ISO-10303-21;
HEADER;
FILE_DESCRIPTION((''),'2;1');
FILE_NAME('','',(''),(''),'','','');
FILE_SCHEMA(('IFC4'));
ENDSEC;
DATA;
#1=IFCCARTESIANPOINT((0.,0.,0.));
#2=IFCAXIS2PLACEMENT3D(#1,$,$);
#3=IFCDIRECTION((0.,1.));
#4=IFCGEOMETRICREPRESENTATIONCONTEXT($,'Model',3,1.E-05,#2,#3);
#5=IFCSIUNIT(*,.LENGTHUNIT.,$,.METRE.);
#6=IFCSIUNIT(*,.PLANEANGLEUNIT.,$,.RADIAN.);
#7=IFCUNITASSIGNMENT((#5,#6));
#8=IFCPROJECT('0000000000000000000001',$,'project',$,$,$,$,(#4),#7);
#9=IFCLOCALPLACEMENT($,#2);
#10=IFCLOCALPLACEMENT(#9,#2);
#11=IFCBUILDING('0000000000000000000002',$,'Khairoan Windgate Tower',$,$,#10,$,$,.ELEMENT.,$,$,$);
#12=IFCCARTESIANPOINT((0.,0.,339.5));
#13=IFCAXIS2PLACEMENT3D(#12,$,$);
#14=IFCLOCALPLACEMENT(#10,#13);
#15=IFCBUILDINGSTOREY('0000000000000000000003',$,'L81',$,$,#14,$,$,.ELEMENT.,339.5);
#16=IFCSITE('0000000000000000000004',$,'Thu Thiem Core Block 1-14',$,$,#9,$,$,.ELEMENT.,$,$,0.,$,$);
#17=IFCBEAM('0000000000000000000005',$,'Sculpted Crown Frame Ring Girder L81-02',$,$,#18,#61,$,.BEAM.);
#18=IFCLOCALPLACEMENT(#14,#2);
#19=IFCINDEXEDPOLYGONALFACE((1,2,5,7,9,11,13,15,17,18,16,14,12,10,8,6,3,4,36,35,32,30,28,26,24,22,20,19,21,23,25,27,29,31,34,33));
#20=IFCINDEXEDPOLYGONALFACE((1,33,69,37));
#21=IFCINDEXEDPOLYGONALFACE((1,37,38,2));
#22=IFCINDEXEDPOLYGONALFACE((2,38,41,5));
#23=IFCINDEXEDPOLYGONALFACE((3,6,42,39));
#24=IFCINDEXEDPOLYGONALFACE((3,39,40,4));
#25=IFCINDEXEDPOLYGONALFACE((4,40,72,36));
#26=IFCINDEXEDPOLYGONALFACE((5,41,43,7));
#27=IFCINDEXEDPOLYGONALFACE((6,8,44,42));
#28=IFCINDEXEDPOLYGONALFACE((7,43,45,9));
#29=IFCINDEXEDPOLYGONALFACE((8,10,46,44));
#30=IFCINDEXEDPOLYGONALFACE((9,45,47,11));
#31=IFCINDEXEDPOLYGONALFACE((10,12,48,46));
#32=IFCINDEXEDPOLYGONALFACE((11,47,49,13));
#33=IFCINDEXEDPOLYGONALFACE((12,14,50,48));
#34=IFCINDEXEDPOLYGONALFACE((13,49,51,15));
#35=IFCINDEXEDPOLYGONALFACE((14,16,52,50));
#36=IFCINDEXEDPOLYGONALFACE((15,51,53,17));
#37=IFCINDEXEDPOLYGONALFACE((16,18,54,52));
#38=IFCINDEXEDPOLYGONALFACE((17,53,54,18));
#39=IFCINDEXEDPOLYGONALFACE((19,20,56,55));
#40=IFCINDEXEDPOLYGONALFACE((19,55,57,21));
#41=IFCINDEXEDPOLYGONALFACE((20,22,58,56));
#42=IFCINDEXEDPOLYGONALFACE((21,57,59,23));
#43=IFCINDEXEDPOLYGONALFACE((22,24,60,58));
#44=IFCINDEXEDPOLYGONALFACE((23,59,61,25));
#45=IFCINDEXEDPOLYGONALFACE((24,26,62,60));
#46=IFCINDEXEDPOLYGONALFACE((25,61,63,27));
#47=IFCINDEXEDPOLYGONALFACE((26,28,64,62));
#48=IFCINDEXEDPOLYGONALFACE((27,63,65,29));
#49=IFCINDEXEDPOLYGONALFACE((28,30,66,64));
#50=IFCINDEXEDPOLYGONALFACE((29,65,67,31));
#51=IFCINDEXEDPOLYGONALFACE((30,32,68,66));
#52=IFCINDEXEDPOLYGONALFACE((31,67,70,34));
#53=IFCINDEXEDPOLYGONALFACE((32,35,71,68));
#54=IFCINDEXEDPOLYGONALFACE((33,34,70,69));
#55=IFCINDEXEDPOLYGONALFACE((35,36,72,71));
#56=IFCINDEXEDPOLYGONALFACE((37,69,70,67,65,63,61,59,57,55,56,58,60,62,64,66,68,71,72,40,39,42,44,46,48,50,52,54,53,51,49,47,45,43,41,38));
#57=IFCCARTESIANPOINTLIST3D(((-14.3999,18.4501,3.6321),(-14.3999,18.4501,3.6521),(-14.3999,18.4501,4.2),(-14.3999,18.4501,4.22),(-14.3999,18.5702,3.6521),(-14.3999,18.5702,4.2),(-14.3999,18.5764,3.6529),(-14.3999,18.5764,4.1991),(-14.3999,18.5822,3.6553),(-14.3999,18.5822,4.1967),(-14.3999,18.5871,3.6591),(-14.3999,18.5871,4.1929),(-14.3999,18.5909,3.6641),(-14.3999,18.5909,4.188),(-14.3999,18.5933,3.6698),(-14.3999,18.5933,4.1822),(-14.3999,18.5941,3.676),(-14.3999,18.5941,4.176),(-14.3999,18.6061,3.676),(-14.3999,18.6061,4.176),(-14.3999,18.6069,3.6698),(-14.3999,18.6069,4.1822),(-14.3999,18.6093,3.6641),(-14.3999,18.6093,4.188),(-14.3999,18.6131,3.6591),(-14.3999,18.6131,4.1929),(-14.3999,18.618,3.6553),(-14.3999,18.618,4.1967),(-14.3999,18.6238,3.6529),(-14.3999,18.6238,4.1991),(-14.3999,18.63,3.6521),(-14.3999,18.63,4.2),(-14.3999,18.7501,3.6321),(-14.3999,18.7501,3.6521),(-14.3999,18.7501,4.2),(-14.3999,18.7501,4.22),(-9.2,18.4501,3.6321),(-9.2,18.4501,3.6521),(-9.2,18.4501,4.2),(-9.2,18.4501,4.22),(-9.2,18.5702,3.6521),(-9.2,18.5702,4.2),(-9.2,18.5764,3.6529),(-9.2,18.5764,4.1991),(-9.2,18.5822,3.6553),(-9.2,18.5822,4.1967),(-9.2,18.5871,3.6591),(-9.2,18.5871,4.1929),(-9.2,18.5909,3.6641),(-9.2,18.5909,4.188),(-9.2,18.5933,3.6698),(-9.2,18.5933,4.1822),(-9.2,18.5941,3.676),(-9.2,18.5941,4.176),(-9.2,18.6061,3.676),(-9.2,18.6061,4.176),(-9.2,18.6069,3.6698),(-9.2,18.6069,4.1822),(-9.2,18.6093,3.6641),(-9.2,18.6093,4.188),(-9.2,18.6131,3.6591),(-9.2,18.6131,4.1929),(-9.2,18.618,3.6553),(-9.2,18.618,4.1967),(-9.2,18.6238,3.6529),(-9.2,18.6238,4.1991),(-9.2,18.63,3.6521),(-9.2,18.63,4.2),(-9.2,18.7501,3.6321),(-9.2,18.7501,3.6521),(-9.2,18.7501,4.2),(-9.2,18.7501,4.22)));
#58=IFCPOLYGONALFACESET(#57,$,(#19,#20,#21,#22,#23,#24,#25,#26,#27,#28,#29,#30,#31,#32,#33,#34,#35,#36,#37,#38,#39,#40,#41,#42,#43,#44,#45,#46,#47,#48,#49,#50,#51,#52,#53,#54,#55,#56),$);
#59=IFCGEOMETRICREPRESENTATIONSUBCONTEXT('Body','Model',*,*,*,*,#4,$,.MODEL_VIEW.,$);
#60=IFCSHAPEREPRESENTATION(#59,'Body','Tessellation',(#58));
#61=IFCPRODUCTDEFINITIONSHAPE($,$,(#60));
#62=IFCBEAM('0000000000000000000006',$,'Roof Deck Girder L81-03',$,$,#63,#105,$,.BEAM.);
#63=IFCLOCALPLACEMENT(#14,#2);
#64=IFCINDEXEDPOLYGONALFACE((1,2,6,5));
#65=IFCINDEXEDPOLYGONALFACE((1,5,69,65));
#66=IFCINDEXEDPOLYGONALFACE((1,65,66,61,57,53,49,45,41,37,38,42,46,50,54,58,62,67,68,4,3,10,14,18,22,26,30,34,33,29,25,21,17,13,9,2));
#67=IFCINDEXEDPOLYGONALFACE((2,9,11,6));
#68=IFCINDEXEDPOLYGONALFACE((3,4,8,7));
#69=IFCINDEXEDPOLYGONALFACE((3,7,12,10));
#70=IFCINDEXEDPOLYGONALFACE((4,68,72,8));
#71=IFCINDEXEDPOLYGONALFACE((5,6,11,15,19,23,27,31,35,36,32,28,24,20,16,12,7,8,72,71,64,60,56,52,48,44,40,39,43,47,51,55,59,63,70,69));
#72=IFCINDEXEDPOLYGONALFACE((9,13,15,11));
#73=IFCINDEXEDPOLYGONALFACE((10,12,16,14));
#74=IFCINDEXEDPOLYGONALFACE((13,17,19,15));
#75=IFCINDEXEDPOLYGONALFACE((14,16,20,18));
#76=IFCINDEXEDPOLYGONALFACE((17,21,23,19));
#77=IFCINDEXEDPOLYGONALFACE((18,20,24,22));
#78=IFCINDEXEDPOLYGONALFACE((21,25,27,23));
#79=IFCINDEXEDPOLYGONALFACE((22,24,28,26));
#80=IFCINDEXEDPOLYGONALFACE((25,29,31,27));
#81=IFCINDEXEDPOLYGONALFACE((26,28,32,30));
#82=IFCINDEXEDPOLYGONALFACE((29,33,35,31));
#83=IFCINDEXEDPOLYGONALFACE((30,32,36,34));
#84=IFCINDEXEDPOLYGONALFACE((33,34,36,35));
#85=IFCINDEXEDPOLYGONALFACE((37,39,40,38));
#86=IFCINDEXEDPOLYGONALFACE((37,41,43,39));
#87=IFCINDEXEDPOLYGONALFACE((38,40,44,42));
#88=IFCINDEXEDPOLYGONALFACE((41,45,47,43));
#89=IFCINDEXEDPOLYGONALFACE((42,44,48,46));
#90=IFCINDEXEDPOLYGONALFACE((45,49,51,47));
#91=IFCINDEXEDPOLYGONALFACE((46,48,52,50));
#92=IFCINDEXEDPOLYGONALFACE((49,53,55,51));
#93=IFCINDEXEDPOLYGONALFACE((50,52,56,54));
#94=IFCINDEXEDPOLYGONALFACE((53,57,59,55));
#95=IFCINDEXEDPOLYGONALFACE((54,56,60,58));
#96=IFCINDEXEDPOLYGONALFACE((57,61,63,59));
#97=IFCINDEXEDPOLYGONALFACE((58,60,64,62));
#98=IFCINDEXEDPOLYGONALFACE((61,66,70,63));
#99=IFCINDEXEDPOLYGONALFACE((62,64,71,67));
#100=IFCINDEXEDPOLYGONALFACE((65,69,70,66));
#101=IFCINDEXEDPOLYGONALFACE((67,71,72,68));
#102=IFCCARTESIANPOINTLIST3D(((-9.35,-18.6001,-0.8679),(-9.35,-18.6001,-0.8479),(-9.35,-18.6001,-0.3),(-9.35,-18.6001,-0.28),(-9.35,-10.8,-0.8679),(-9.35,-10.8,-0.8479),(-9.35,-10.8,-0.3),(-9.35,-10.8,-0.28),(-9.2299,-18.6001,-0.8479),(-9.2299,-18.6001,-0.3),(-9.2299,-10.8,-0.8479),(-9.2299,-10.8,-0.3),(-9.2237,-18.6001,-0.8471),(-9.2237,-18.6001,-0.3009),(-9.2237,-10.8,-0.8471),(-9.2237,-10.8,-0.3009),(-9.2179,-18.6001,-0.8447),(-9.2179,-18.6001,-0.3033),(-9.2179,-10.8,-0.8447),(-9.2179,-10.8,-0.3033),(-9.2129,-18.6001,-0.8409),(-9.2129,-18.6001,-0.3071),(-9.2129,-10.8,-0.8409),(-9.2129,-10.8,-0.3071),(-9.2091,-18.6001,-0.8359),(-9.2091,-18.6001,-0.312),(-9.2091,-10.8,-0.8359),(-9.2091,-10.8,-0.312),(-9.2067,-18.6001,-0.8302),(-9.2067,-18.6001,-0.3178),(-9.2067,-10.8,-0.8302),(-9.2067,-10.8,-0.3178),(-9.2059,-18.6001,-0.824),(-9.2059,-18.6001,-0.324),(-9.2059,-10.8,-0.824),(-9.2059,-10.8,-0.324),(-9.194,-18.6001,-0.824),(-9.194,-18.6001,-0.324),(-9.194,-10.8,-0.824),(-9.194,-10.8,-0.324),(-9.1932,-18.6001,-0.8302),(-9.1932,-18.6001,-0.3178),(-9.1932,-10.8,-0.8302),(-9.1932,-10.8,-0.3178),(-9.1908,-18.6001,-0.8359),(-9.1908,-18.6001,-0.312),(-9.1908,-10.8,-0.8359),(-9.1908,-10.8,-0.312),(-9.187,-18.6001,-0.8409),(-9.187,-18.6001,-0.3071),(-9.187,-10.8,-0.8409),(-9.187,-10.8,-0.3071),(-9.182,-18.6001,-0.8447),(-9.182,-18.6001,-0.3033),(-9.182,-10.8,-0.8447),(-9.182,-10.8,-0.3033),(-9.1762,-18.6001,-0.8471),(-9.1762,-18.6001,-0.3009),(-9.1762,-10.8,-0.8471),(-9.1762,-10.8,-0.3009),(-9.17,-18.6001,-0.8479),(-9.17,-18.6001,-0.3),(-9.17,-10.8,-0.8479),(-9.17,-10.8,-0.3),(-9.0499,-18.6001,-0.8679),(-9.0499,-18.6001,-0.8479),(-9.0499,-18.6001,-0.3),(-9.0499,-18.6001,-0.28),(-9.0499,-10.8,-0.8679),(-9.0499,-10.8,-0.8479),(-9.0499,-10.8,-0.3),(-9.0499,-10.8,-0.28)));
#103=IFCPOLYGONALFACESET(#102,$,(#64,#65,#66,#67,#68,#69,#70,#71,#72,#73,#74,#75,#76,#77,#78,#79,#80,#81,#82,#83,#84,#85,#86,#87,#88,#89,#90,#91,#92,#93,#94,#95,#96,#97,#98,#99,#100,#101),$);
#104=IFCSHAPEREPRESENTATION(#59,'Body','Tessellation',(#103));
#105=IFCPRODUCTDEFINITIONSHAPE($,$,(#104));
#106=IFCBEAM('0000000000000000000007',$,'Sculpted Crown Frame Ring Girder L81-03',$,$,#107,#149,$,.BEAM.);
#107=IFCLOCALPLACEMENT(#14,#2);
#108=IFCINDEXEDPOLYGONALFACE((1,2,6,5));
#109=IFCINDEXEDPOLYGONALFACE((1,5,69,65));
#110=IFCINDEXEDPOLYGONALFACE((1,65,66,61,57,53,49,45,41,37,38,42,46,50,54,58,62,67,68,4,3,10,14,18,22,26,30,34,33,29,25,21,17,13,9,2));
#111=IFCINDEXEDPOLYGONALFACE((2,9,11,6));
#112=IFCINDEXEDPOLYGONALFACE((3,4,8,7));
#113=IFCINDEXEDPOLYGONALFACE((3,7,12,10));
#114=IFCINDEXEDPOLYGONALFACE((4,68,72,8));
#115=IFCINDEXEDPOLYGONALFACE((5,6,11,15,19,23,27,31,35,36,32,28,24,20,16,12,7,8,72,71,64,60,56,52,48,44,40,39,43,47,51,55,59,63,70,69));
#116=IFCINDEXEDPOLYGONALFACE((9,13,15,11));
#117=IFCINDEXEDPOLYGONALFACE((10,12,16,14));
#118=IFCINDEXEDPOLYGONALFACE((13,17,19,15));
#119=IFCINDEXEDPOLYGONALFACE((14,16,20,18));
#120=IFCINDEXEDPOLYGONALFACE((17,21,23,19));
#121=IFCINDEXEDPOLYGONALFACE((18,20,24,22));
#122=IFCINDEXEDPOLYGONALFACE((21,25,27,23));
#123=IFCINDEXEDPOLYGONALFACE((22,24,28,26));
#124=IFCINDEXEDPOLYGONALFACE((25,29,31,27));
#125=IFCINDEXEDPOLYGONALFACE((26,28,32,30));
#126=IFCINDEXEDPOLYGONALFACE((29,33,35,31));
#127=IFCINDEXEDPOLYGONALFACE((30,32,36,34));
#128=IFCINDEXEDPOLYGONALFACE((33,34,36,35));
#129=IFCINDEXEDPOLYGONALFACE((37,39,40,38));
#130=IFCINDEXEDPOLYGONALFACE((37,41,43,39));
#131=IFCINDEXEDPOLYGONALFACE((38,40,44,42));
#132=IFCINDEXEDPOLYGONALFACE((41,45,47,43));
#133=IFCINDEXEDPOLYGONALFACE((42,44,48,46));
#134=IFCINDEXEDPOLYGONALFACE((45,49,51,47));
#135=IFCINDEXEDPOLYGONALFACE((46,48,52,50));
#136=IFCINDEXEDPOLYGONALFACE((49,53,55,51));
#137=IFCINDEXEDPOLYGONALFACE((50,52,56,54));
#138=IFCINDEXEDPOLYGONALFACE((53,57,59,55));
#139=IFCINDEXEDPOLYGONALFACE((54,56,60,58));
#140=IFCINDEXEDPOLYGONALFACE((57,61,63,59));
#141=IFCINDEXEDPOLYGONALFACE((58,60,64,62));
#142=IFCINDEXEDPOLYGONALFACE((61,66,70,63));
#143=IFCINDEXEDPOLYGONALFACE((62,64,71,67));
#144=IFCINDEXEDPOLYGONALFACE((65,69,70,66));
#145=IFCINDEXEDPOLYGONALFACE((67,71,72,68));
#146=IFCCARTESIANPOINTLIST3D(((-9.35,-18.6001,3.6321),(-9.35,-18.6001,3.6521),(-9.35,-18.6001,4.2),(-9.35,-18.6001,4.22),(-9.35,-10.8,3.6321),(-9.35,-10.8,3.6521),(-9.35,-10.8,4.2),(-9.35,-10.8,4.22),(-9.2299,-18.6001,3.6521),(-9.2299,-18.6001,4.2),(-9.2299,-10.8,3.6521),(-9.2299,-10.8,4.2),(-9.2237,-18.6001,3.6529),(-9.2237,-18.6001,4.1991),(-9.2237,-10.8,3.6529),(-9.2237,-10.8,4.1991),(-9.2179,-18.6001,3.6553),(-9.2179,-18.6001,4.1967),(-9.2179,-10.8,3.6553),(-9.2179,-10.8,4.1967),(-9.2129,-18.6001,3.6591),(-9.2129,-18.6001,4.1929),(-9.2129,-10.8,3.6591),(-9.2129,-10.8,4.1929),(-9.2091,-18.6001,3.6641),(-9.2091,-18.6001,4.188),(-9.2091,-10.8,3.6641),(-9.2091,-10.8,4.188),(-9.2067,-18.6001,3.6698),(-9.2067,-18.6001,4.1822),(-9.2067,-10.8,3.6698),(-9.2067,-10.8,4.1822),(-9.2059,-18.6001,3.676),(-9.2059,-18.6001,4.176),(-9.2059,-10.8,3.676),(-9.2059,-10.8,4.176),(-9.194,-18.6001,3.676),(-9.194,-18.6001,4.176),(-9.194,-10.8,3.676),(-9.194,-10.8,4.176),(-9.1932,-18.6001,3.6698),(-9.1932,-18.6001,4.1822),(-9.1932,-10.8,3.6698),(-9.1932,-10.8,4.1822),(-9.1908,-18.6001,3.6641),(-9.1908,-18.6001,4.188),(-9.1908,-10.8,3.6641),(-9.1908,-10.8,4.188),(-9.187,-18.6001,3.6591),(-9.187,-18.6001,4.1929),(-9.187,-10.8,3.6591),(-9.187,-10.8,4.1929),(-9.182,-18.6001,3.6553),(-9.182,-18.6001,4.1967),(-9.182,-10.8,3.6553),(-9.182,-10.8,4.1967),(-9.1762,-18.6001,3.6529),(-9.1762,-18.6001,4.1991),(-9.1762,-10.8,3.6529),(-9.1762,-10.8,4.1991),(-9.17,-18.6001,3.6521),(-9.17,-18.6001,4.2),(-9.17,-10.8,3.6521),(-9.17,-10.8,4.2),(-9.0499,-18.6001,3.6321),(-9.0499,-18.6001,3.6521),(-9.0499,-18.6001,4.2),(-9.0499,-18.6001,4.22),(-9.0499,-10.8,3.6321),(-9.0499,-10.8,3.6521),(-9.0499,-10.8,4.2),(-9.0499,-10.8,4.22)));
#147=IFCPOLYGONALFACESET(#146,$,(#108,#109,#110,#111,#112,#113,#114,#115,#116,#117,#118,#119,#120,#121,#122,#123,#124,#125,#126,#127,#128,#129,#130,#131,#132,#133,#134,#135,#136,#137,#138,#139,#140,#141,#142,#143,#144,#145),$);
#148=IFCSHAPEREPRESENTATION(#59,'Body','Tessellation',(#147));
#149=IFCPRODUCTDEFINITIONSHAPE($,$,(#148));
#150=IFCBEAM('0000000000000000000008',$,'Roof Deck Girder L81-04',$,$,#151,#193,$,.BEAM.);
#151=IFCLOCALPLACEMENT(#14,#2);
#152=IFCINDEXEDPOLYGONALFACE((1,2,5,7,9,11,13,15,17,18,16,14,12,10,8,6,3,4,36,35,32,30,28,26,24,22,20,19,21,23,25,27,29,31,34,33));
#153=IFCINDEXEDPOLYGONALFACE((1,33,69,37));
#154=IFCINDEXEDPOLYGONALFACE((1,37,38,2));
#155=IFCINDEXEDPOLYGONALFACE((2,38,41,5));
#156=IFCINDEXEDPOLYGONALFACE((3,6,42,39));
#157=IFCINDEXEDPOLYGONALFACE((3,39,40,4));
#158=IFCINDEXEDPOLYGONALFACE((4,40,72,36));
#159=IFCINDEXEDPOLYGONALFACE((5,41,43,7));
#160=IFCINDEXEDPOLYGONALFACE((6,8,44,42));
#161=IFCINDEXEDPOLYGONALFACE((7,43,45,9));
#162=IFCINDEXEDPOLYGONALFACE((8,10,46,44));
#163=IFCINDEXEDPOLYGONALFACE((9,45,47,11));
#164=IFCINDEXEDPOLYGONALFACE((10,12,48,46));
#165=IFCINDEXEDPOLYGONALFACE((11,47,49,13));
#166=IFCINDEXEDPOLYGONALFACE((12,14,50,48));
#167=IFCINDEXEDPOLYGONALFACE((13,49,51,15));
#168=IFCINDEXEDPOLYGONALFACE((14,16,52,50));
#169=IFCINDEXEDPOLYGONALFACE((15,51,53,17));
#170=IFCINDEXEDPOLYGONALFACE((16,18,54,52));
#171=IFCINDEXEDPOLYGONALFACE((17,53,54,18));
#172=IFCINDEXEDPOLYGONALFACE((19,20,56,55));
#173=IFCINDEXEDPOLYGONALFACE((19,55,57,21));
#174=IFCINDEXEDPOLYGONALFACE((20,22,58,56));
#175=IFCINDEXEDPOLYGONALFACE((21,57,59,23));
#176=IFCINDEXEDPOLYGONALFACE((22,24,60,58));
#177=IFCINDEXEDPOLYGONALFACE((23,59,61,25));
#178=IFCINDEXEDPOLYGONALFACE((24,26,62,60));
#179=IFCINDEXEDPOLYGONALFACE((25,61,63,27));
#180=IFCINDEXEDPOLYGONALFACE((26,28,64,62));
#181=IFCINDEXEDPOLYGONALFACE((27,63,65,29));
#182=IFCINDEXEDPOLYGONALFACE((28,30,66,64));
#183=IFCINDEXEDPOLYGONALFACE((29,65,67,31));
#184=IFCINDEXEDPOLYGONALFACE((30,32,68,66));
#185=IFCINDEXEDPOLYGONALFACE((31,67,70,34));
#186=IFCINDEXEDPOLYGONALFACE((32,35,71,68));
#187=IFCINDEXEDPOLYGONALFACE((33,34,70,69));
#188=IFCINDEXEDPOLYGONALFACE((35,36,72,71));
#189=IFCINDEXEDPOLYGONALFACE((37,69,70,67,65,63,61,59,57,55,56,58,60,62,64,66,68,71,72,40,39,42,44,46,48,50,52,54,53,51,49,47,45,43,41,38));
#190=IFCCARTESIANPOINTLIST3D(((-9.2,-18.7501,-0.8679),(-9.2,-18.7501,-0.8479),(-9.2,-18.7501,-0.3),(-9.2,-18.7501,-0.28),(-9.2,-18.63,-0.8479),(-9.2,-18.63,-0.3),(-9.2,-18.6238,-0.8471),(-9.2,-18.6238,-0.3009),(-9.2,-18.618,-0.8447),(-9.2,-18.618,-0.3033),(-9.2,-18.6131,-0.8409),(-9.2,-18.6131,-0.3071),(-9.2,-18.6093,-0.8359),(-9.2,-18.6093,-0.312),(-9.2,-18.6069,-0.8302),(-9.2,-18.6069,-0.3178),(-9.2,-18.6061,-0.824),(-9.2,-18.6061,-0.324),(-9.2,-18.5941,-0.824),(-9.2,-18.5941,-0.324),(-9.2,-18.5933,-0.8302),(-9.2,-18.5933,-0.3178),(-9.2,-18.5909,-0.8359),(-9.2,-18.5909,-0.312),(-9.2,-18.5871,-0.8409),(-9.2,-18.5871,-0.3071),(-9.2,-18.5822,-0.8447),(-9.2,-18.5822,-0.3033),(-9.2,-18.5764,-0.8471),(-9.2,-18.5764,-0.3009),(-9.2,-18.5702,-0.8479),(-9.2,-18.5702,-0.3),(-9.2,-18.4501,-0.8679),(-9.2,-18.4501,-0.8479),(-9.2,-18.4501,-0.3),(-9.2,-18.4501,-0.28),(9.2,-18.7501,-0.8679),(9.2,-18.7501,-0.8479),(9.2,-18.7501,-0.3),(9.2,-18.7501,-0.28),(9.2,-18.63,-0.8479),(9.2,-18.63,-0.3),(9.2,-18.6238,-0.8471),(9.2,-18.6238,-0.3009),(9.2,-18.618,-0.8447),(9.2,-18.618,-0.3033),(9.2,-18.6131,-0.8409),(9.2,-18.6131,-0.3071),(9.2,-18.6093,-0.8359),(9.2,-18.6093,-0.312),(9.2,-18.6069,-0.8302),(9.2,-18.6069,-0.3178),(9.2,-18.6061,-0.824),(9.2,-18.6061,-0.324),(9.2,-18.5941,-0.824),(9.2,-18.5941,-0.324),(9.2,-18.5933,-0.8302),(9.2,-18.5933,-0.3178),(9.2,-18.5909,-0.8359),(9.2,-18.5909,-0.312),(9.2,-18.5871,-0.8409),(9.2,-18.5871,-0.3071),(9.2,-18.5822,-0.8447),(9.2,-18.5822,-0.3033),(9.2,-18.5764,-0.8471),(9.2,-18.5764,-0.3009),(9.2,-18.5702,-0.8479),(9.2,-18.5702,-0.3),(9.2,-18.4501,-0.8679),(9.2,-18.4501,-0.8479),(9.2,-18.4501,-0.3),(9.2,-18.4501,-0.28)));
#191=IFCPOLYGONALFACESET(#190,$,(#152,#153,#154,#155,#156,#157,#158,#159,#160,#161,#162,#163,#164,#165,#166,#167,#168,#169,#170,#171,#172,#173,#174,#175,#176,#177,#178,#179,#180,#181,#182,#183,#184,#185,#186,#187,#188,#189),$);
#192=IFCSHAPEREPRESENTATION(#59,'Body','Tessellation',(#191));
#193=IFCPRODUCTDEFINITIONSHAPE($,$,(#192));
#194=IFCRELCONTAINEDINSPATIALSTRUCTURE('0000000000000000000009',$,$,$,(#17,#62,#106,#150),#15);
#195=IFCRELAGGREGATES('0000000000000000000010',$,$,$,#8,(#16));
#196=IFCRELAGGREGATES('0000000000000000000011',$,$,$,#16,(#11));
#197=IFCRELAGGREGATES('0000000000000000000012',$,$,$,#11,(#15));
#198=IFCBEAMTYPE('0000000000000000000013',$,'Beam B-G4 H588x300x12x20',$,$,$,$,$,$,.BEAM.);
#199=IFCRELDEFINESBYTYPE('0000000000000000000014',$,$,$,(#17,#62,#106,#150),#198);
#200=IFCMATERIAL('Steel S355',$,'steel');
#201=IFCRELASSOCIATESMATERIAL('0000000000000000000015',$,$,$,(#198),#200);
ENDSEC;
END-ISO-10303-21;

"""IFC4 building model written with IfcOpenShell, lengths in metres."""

from ifc_helpers import new_model, si_unit, direction, frame, origin, origin_2d, place, context, subcontext, project, spatial, i_section, extrude, material, material_profile, profile_set, type_object, element, save


model = new_model("IFC4")

# Units and contexts
model_context = context("Model", 3, precision=1e-05, world=origin(), true_north=direction((0.0, 1.0)))
body_context = subcontext(model_context, "Body", "Model", "MODEL_VIEW")
ifc_project = project(units=[si_unit("LENGTHUNIT", "METRE"), si_unit("PLANEANGLEUNIT", "RADIAN")], contexts=[model_context])

# Site, building, storey
site_placement = place(None, origin())
site = spatial("IfcSite", under=ifc_project, at=site_placement, Name="Thu Thiem Core Block 1-14", CompositionType="ELEMENT", RefElevation=0.0)
building_placement = place(site_placement, origin())
building = spatial("IfcBuilding", under=site, at=building_placement, Name="Khairoan Windgate Tower", CompositionType="ELEMENT")
storey_placement = place(building_placement, frame((0.0, 0.0, 339.5)))
storey = spatial("IfcBuildingStorey", under=building, at=storey_placement, Name="L81", CompositionType="ELEMENT", Elevation=339.5)

# Beams
ifc_material_1 = material(Name="Steel S355", Category="steel")
ifc_material_profile_1 = material_profile(ifc_material_1, i_section(OverallWidth=0.3, OverallDepth=0.5879, WebThickness=0.012, FlangeThickness=0.02, FilletRadius=0.0239, at=origin_2d()))
ifc_profile_set_1 = profile_set([ifc_material_profile_1], Name="Steel S355")
beam_type_1 = type_object("IfcBeamType", Name="Beam B-G4 H588x300x12x20", PredefinedType="BEAM", material=ifc_profile_set_1)
for number, where, z_axis, x_axis, name in (
    (1, (-14.3999, 18.6001, 3.926), (1.0, 0.0, 0.0), (0.0, 1.0, 0.0), "Sculpted Crown Frame Ring Girder L81-02"),
):
    element("IfcBeam", number, at=place(storey_placement, frame(where, z_axis=z_axis, x_axis=x_axis)), inside=storey, type_object=beam_type_1, Name=name, PredefinedType="BEAM", context=body_context, shape_type="SweptSolid", body=[
        extrude(i_section(OverallWidth=0.3, OverallDepth=0.5879, WebThickness=0.012, FlangeThickness=0.02, FilletRadius=0.0239, at=origin_2d()), origin(), (0.0, 0.0, 1.0), 5.2),
    ])
for number, where, z_axis, x_axis, name in (
    (2, (-9.2, -18.6001, -0.574), (0.0, 1.0, 0.0), (-1.0, 0.0, 0.0), "Roof Deck Girder L81-03"),
    (3, (-9.2, -18.6001, 3.926), (0.0, 1.0, 0.0), (-1.0, 0.0, 0.0), "Sculpted Crown Frame Ring Girder L81-03"),
):
    element("IfcBeam", number, at=place(storey_placement, frame(where, z_axis=z_axis, x_axis=x_axis)), inside=storey, type_object=beam_type_1, Name=name, PredefinedType="BEAM", context=body_context, shape_type="SweptSolid", body=[
        extrude(i_section(OverallWidth=0.3, OverallDepth=0.5879, WebThickness=0.012, FlangeThickness=0.02, FilletRadius=0.0239, at=origin_2d()), origin(), (0.0, 0.0, 1.0), 7.8),
    ])
for number, where, z_axis, x_axis, name in (
    (4, (-9.2, -18.6001, -0.574), (1.0, 0.0, 0.0), (0.0, 1.0, 0.0), "Roof Deck Girder L81-04"),
):
    element("IfcBeam", number, at=place(storey_placement, frame(where, z_axis=z_axis, x_axis=x_axis)), inside=storey, type_object=beam_type_1, Name=name, PredefinedType="BEAM", context=body_context, shape_type="SweptSolid", body=[
        extrude(i_section(OverallWidth=0.3, OverallDepth=0.5879, WebThickness=0.012, FlangeThickness=0.02, FilletRadius=0.0239, at=origin_2d()), origin(), (0.0, 0.0, 1.0), 18.3999),
    ])

save(model, "model.ifc")
